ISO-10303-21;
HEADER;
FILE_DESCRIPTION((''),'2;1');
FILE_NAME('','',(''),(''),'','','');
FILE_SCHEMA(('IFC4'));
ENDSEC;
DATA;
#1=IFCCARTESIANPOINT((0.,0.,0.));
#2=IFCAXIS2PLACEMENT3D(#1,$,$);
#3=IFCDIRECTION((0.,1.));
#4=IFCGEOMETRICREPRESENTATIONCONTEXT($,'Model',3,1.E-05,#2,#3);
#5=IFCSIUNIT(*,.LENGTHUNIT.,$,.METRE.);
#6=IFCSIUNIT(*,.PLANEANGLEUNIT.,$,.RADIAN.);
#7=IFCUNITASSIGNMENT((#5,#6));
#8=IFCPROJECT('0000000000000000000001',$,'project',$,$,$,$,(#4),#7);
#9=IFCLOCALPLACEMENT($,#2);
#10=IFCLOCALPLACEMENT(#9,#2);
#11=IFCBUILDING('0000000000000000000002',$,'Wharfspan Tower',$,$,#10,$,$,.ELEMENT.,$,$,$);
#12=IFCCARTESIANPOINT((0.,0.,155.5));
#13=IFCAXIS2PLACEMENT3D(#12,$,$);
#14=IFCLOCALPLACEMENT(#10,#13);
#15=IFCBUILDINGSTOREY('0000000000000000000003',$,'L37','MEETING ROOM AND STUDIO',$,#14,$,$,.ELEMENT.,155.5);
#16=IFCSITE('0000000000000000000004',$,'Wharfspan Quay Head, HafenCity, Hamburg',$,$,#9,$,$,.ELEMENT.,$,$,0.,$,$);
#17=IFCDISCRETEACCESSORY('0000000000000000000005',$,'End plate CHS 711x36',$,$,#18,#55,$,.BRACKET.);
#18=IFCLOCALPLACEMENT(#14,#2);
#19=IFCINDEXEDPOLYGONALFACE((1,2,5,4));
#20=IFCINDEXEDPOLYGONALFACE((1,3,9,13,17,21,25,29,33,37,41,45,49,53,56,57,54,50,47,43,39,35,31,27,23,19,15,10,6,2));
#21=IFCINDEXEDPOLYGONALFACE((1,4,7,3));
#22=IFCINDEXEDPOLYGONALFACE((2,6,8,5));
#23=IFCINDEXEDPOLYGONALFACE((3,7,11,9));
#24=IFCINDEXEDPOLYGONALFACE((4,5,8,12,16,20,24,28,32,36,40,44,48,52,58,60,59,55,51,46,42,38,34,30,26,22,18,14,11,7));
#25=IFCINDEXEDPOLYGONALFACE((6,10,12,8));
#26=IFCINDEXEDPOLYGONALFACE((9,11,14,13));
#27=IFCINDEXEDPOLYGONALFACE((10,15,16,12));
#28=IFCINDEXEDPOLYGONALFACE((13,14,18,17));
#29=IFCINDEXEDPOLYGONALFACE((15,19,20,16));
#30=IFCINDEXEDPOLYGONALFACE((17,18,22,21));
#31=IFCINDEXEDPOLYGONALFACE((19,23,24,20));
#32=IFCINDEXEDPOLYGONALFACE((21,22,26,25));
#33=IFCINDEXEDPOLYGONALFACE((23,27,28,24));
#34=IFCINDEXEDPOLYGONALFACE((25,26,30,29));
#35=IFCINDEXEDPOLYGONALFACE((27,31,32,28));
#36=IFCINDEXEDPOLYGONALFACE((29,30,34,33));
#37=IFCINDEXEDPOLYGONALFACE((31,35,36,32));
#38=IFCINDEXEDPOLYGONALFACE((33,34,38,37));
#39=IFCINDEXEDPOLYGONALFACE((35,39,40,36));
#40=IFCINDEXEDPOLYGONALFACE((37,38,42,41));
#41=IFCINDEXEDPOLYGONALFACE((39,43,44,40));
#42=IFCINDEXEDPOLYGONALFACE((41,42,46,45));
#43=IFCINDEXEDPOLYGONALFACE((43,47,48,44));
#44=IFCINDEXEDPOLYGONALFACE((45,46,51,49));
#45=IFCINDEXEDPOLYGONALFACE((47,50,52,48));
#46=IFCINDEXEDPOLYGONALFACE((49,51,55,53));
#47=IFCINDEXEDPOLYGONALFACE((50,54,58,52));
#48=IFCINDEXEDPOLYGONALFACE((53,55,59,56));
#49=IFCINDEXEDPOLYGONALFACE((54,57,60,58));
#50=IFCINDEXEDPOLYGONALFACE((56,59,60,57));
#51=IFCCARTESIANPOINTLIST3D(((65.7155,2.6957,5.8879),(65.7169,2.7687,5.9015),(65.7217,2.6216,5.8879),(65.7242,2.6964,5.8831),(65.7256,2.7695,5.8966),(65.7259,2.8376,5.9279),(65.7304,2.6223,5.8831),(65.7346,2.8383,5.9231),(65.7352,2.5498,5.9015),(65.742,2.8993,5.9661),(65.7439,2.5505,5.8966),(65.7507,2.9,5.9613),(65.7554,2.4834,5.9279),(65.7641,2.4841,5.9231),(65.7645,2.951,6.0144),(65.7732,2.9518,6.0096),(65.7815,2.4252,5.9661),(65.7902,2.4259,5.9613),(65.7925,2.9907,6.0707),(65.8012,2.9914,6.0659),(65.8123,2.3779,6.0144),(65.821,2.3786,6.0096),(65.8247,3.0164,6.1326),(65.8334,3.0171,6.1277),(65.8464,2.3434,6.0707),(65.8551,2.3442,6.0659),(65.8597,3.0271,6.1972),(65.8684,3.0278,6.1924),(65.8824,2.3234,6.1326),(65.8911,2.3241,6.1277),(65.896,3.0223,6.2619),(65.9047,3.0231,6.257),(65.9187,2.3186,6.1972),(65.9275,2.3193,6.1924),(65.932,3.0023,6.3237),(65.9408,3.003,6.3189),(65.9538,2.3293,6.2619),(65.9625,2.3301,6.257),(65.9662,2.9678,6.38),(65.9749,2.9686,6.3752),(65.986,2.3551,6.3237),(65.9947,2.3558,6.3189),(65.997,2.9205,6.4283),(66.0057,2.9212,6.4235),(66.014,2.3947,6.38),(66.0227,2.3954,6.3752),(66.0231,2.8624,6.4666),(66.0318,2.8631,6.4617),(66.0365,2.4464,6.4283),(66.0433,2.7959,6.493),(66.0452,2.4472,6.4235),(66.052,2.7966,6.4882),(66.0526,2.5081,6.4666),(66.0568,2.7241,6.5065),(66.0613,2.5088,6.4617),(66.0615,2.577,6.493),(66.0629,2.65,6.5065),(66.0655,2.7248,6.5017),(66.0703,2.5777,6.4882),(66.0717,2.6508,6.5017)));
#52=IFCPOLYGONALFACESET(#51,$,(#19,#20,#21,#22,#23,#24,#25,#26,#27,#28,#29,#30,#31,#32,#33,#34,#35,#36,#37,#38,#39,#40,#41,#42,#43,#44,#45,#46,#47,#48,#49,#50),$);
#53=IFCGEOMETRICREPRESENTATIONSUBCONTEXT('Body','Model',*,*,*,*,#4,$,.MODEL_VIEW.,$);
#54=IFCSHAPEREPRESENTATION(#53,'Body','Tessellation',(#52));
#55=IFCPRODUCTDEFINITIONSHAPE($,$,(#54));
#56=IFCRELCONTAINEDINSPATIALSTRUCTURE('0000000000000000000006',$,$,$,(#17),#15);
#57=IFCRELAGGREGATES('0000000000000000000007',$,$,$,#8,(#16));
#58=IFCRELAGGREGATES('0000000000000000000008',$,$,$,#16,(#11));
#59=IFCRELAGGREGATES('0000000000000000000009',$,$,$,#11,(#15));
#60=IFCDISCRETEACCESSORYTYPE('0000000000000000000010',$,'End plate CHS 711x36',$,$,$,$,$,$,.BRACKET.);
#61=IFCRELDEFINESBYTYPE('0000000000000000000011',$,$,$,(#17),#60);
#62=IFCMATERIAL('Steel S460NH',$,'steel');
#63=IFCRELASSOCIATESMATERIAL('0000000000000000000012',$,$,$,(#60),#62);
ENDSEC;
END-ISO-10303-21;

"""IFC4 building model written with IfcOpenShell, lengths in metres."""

from ifc_helpers import new_model, si_unit, direction, frame, origin, origin_2d, place, context, subcontext, project, spatial, circle, extrude, material, material_profile, profile_set, type_object, element, save


model = new_model("IFC4")

# Units and contexts
model_context = context("Model", 3, precision=1e-05, world=origin(), true_north=direction((0.0, 1.0)))
body_context = subcontext(model_context, "Body", "Model", "MODEL_VIEW")
ifc_project = project(units=[si_unit("LENGTHUNIT", "METRE"), si_unit("PLANEANGLEUNIT", "RADIAN")], contexts=[model_context])

# Site, building, storey
site_placement = place(None, origin())
site = spatial("IfcSite", under=ifc_project, at=site_placement, Name="Wharfspan Quay Head, HafenCity, Hamburg", CompositionType="ELEMENT", RefElevation=0.0)
building_placement = place(site_placement, origin())
building = spatial("IfcBuilding", under=site, at=building_placement, Name="Wharfspan Tower", CompositionType="ELEMENT")
storey_placement = place(building_placement, frame((0.0, 0.0, 155.5)))
storey = spatial("IfcBuildingStorey", under=building, at=storey_placement, Name="L37", Description="MEETING ROOM AND STUDIO", CompositionType="ELEMENT", Elevation=155.5)

# Shared definitions
ifc_material_1 = material(Name="Steel S460NH", Category="steel")

# Discrete accessory
ifc_material_profile_1 = material_profile(ifc_material_1, circle(Radius=0.3555, at=origin_2d()))
ifc_profile_set_1 = profile_set([ifc_material_profile_1], Name="Steel S460NH")
discrete_accessory_type = type_object("IfcDiscreteAccessoryType", Name="End plate CHS 711x36", PredefinedType="BRACKET", material=ifc_profile_set_1)
for number, where, z_axis, x_axis, name in (
    (1, (65.8979, 2.6736, 6.1924), (-0.871847, -0.072654, 0.484359), (0.083044, -0.996547, -0.000003), "End plate CHS 711x36"),
):
    element("IfcDiscreteAccessory", number, at=place(storey_placement, frame(where, z_axis=z_axis, x_axis=x_axis)), inside=storey, type_object=discrete_accessory_type, Name=name, PredefinedType="BRACKET", context=body_context, shape_type="SweptSolid", body=[
        extrude(circle(Radius=0.3555, at=origin_2d()), origin(), (0.0, 0.0, 1.0), 0.01),
    ])

save(model, "model.ifc")
